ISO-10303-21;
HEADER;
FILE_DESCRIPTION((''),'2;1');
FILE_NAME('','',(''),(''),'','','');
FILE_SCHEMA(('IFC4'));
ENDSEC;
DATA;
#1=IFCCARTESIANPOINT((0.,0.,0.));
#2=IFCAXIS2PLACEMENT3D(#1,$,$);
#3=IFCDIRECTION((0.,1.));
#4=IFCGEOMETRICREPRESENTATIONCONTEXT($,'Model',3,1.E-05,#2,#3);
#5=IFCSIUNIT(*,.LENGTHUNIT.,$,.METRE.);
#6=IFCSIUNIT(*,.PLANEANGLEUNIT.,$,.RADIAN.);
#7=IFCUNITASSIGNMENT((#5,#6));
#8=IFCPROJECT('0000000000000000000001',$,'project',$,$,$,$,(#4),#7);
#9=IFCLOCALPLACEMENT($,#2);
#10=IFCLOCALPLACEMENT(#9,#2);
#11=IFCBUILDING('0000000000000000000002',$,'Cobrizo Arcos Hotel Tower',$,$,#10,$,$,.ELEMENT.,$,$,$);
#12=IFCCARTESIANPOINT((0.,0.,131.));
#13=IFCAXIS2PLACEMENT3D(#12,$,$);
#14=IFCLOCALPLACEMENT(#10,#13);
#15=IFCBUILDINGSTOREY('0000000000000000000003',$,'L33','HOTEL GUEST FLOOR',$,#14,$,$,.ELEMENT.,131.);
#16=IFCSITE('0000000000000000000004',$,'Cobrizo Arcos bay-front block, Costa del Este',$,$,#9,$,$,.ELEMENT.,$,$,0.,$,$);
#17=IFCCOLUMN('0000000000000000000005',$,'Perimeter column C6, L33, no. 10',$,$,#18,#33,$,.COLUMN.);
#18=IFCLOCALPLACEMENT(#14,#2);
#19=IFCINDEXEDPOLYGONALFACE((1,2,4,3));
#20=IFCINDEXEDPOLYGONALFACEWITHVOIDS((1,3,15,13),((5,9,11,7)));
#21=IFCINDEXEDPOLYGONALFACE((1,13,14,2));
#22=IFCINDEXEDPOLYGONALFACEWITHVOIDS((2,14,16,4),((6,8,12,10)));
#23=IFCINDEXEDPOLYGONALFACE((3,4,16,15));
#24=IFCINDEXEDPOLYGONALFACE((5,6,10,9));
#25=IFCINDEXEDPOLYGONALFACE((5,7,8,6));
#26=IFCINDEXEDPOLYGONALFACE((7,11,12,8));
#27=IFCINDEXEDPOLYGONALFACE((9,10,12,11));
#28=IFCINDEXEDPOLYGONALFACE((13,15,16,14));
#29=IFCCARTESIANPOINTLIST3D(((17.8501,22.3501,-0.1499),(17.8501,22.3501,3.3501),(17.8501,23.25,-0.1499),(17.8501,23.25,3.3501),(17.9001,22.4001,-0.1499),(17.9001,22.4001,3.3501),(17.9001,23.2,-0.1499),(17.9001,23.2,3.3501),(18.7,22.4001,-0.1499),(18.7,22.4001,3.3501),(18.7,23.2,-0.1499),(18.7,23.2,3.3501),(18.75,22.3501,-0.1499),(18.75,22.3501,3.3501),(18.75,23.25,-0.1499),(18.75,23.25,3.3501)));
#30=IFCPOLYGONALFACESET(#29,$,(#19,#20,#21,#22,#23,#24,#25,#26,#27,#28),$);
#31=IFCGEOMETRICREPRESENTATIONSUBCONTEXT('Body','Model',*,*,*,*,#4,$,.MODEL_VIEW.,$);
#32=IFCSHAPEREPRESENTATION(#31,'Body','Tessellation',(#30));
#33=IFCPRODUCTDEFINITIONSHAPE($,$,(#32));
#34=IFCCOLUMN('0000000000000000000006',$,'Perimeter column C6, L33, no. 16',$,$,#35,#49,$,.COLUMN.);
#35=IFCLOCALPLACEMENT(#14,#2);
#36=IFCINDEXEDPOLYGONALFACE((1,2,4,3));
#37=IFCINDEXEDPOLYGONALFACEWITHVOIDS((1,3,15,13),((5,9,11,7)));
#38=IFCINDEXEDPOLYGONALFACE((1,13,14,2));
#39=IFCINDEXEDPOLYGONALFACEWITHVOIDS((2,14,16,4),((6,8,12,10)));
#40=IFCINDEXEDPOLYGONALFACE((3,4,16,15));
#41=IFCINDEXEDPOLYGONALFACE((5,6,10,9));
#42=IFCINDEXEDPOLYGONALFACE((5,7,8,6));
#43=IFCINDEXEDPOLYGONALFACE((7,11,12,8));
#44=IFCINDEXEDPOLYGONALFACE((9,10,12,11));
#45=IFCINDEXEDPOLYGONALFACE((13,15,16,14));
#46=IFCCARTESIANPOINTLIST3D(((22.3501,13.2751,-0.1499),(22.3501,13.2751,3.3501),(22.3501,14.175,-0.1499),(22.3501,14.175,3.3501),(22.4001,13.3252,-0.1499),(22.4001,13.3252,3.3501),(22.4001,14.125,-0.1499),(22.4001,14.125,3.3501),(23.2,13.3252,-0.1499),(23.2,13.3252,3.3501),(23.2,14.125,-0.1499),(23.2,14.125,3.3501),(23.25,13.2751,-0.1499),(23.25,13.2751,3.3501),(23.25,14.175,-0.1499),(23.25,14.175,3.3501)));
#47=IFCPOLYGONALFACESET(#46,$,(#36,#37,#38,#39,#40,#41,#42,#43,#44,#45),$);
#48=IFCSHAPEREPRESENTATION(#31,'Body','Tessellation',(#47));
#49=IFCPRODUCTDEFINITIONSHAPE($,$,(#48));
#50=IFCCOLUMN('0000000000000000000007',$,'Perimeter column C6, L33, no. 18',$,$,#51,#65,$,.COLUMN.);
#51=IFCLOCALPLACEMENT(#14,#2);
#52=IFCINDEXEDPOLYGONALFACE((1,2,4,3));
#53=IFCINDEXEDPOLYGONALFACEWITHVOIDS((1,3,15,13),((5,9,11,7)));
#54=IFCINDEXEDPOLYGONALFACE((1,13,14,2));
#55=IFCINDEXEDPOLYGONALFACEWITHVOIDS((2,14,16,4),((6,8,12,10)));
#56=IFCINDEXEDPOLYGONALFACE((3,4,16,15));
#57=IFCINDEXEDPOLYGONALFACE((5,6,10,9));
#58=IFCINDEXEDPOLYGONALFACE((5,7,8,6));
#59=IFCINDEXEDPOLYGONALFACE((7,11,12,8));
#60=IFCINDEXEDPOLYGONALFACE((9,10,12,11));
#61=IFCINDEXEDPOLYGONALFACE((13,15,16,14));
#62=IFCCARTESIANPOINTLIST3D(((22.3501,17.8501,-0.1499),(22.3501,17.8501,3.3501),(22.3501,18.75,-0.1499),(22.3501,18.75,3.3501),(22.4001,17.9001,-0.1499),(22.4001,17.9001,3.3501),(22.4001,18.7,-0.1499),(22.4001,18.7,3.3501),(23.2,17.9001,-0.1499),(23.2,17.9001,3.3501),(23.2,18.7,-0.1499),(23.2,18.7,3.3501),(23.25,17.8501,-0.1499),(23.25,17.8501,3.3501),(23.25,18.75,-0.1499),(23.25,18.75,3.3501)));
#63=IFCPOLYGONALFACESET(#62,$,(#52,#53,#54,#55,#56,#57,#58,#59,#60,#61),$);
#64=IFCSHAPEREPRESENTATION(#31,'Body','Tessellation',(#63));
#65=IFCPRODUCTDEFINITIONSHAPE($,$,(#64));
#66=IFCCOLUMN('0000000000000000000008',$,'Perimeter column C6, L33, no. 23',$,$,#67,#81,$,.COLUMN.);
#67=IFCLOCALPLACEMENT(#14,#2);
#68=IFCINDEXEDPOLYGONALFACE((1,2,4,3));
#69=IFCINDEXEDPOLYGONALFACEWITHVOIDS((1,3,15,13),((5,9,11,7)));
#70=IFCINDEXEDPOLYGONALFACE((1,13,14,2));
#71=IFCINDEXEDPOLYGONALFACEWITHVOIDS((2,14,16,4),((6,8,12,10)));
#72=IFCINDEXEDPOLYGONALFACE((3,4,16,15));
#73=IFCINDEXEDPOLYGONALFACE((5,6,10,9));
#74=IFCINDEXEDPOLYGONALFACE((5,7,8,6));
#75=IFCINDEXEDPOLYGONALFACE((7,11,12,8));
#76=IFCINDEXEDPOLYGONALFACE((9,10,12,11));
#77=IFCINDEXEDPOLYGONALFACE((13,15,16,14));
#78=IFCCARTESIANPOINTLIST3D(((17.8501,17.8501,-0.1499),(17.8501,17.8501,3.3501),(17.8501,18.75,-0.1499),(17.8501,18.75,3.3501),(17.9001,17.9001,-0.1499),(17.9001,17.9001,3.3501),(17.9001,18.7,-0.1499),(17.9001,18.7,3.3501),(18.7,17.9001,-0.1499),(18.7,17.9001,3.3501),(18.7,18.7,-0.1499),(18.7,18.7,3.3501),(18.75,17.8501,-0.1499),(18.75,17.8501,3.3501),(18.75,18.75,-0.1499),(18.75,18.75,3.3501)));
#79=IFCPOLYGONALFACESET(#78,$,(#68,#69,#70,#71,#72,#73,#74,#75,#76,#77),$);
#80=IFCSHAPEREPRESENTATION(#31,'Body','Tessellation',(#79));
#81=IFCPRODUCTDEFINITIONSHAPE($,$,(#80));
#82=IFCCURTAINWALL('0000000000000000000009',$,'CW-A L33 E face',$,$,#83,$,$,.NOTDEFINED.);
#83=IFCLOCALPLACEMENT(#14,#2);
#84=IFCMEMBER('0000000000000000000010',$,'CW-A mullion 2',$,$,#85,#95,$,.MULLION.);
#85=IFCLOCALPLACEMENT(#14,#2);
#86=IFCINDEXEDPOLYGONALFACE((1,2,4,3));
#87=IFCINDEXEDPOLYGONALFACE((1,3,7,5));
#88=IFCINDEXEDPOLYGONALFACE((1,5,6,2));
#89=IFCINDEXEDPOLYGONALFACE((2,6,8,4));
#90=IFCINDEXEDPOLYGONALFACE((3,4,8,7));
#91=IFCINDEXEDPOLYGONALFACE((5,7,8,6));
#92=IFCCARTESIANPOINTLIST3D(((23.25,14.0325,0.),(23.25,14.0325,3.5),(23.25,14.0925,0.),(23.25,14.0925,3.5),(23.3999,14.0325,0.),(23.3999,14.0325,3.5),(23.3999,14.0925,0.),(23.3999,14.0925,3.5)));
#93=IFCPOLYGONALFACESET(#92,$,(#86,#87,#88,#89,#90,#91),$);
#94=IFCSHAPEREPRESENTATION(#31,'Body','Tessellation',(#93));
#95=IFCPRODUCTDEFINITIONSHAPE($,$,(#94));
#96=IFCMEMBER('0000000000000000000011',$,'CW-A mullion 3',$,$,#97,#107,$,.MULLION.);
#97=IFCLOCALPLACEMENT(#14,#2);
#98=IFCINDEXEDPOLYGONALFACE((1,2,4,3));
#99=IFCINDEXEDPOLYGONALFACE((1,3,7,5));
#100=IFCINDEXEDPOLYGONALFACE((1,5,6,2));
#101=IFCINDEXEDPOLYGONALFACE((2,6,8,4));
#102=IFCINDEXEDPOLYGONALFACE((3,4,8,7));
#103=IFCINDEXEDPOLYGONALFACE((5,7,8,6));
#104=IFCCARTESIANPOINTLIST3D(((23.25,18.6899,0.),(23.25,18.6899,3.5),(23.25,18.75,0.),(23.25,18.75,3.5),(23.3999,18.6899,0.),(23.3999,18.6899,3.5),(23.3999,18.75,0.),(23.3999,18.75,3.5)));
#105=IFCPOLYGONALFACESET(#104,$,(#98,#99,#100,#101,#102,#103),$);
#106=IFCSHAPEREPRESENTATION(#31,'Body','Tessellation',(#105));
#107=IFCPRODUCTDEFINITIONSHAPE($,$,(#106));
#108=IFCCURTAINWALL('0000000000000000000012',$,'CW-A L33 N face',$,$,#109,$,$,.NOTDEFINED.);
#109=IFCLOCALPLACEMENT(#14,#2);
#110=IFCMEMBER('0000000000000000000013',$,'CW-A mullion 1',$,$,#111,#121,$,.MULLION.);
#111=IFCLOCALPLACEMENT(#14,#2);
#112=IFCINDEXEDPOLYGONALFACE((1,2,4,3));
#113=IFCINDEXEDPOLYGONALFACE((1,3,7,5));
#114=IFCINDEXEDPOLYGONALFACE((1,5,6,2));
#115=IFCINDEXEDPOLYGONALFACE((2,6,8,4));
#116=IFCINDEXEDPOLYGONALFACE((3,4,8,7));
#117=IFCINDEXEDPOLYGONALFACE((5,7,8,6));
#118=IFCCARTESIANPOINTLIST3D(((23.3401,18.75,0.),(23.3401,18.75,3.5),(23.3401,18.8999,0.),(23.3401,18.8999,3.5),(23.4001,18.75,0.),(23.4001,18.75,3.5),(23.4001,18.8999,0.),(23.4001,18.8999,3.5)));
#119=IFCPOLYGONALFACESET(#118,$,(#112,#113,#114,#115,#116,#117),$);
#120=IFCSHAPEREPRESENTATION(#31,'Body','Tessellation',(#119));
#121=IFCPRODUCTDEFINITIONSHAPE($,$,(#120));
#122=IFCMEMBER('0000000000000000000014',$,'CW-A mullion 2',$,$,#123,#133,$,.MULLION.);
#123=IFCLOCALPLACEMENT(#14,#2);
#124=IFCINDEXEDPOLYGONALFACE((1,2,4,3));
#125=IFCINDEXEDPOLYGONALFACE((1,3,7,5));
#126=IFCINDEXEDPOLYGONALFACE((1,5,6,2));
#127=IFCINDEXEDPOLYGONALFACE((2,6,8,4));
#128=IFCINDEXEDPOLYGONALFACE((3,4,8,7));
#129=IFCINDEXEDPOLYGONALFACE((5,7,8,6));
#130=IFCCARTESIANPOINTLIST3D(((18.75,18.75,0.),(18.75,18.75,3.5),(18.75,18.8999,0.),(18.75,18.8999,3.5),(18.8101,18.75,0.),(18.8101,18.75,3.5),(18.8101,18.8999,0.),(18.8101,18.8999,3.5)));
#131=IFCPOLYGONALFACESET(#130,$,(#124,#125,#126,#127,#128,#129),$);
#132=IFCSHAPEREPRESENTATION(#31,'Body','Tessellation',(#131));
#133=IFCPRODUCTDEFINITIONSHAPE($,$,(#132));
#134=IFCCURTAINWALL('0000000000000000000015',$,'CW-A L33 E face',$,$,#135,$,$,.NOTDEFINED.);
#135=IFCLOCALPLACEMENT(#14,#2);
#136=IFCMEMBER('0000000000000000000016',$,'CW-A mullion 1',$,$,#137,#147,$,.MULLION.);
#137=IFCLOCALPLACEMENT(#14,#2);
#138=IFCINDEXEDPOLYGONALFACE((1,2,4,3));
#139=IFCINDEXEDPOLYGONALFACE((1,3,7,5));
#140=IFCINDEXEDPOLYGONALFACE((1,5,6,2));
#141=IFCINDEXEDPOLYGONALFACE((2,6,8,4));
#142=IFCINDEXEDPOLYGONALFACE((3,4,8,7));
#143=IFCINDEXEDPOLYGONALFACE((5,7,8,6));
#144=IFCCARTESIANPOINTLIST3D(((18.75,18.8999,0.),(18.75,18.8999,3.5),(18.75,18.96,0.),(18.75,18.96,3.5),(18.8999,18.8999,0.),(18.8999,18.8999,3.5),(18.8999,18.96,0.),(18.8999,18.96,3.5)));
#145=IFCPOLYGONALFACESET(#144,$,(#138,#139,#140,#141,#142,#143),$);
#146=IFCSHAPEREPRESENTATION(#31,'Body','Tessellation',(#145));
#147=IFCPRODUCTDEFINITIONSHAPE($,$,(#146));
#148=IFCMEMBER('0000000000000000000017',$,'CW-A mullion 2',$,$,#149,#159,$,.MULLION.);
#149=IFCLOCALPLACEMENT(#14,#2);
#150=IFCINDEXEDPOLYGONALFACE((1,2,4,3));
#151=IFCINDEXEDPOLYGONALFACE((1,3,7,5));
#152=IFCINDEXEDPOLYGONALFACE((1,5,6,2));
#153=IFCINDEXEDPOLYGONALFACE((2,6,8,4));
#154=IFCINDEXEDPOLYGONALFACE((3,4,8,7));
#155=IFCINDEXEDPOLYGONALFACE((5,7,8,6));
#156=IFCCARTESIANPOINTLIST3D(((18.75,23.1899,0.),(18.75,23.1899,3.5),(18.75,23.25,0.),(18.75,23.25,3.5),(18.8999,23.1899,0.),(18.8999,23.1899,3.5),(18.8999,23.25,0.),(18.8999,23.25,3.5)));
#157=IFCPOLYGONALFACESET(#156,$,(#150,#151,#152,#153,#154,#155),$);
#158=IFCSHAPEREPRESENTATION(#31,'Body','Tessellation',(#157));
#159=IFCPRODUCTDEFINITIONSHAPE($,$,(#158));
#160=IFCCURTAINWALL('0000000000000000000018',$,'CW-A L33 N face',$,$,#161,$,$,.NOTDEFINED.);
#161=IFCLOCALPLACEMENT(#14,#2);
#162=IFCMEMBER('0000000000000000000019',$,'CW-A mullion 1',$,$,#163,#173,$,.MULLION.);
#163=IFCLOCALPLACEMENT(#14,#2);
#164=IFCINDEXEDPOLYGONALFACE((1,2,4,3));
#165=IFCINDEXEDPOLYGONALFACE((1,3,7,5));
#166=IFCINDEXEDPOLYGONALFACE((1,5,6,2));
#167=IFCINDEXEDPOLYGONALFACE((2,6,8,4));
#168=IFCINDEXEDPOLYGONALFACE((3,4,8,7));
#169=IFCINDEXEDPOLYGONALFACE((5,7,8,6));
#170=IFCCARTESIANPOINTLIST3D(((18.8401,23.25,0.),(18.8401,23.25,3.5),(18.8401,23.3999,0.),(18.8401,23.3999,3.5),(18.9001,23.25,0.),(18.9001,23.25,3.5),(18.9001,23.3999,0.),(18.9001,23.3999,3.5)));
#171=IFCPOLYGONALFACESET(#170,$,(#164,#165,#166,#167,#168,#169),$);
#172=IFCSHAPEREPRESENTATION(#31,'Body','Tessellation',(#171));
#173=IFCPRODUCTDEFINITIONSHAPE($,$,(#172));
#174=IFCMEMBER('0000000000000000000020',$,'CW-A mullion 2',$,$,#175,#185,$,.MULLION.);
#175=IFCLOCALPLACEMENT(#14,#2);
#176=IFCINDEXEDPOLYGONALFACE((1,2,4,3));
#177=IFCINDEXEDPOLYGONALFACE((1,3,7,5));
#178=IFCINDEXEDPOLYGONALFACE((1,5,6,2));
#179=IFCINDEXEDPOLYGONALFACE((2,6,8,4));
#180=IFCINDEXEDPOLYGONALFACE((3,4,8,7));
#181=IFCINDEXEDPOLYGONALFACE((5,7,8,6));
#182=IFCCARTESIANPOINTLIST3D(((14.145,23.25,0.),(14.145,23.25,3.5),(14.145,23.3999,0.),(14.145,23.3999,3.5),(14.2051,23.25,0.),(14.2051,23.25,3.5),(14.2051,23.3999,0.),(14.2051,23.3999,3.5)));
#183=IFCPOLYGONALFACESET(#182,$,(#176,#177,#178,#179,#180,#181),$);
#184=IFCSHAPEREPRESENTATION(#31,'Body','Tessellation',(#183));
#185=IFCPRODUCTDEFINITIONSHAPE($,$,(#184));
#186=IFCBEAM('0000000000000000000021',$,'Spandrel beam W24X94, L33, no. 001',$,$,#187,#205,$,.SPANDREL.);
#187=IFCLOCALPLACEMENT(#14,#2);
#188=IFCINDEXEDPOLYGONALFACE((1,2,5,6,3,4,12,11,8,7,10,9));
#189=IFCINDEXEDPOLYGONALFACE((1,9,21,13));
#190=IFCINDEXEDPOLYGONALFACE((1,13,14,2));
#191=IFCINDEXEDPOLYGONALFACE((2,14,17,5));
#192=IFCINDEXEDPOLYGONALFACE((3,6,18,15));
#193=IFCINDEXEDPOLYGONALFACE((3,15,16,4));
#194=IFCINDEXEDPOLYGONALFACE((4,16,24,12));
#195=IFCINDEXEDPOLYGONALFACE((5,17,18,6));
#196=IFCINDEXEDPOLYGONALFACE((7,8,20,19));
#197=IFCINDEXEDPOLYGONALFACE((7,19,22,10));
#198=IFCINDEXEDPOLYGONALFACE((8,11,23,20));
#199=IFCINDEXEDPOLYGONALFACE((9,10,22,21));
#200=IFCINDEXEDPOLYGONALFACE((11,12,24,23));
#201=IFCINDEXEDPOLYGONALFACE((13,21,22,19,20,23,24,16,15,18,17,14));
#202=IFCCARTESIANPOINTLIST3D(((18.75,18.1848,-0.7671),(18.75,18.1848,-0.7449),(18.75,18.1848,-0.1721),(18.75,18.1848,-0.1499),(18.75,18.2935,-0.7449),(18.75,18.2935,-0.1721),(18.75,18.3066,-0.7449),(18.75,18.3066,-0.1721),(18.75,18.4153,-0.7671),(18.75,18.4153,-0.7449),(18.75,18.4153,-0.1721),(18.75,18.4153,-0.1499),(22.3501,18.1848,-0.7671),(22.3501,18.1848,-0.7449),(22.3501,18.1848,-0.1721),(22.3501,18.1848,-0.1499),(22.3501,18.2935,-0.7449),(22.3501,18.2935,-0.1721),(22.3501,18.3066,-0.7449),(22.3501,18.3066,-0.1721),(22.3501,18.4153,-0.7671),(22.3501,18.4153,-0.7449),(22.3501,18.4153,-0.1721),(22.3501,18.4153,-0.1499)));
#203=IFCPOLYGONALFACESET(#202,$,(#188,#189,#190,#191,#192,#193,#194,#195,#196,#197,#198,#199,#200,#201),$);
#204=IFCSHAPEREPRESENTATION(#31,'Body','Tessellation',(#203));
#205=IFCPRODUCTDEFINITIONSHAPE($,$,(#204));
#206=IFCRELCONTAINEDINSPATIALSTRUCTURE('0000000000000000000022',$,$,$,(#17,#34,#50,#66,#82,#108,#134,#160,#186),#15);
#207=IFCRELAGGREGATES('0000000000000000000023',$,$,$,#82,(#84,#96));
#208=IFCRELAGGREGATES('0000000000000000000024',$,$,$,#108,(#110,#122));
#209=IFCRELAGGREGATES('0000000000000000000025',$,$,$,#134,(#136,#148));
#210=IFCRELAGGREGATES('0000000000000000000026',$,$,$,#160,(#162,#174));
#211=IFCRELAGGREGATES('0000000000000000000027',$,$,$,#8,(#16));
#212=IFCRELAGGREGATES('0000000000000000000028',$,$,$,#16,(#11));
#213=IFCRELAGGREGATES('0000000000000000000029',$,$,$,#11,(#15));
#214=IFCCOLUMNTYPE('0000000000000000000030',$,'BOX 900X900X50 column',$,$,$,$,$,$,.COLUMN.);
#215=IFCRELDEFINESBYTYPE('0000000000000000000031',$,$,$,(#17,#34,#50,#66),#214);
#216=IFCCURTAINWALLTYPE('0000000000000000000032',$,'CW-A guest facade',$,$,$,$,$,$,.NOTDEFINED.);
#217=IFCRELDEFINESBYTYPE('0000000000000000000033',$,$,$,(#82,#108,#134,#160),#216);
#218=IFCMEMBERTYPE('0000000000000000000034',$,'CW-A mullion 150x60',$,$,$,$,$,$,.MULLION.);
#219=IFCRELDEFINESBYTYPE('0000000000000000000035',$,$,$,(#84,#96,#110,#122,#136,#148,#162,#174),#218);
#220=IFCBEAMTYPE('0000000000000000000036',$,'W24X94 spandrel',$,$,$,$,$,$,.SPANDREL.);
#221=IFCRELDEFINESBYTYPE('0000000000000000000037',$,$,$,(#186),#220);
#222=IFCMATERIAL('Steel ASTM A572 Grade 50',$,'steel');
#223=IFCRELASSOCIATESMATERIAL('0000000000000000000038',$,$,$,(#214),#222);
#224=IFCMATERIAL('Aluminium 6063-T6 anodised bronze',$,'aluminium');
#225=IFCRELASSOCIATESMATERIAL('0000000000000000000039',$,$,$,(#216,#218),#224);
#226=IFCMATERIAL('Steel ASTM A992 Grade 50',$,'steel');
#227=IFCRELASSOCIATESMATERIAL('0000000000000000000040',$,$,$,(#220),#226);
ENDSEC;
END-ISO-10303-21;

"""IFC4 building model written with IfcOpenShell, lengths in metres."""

from ifc_helpers import new_model, si_unit, direction, frame, origin, origin_2d, place, context, subcontext, project, spatial, rectangle, hollow_rectangle, i_section, extrude, material, material_profile, profile_set, type_object, element, aggregate, save


model = new_model("IFC4")

# Units and contexts
model_context = context("Model", 3, precision=1e-05, world=origin(), true_north=direction((0.0, 1.0)))
body_context = subcontext(model_context, "Body", "Model", "MODEL_VIEW")
ifc_project = project(units=[si_unit("LENGTHUNIT", "METRE"), si_unit("PLANEANGLEUNIT", "RADIAN")], contexts=[model_context])

# Site, building, storey
site_placement = place(None, origin())
site = spatial("IfcSite", under=ifc_project, at=site_placement, Name="Cobrizo Arcos bay-front block, Costa del Este", CompositionType="ELEMENT", RefElevation=0.0)
building_placement = place(site_placement, origin())
building = spatial("IfcBuilding", under=site, at=building_placement, Name="Cobrizo Arcos Hotel Tower", CompositionType="ELEMENT")
storey_placement = place(building_placement, frame((0.0, 0.0, 131.0)))
storey = spatial("IfcBuildingStorey", under=building, at=storey_placement, Name="L33", Description="HOTEL GUEST FLOOR", CompositionType="ELEMENT", Elevation=131.0)

# Columns
ifc_material_1 = material(Name="Steel ASTM A572 Grade 50", Category="steel")
ifc_material_profile_1 = material_profile(ifc_material_1, hollow_rectangle(XDim=0.8999, YDim=0.8999, WallThickness=0.05, at=origin_2d()), Name="BOX 900X900X50")
ifc_profile_set_1 = profile_set([ifc_material_profile_1], Name="Steel ASTM A572 Grade 50")
column_type = type_object("IfcColumnType", Name="BOX 900X900X50 column", PredefinedType="COLUMN", material=ifc_profile_set_1)
for number, where, z_axis, x_axis, name in (
    (1, (18.3, 22.8, -0.1499), (0.0, 0.0, 1.0), (1.0, 0.0, 0.0), "Perimeter column C6, L33, no. 10"),
    (2, (22.8, 13.7251, -0.1499), (0.0, 0.0, 1.0), (1.0, 0.0, 0.0), "Perimeter column C6, L33, no. 16"),
    (3, (22.8, 18.3, -0.1499), (0.0, 0.0, 1.0), (1.0, 0.0, 0.0), "Perimeter column C6, L33, no. 18"),
    (4, (18.3, 18.3, -0.1499), (0.0, 0.0, 1.0), (1.0, 0.0, 0.0), "Perimeter column C6, L33, no. 23"),
):
    element("IfcColumn", number, at=place(storey_placement, frame(where, z_axis=z_axis, x_axis=x_axis)), inside=storey, type_object=column_type, Name=name, PredefinedType="COLUMN", context=body_context, shape_type="SweptSolid", body=[
        extrude(hollow_rectangle(XDim=0.8999, YDim=0.8999, WallThickness=0.05, at=origin_2d()), origin(), (0.0, 0.0, 1.0), 3.5),
    ])

# Curtain walls, members
ifc_material_2 = material(Name="Aluminium 6063-T6 anodised bronze", Category="aluminium")
curtain_wall_type = type_object("IfcCurtainWallType", Name="CW-A guest facade", PredefinedType="NOTDEFINED", material=ifc_material_2)
curtain_wall_1_placement = place(storey_placement, origin())
curtain_wall_1 = element("IfcCurtainWall", 5, at=curtain_wall_1_placement, inside=storey, type_object=curtain_wall_type, Name="CW-A L33 E face", PredefinedType="NOTDEFINED")
ifc_material_profile_2 = material_profile(ifc_material_2, rectangle(XDim=0.1499, YDim=0.0601, at=origin_2d()), Name="CW-A mullion 150x60")
ifc_profile_set_2 = profile_set([ifc_material_profile_2], Name="Aluminium 6063-T6 anodised bronze")
member_type = type_object("IfcMemberType", Name="CW-A mullion 150x60", PredefinedType="MULLION", material=ifc_profile_set_2)
member_1_placement = place(storey_placement, frame((23.325, 14.0625, 0.0), z_axis=(0.0, 0.0, 1.0), x_axis=(1.0, 0.0, 0.0)))
member_1 = element("IfcMember", 6, at=member_1_placement, type_object=member_type, Name="CW-A mullion 2", PredefinedType="MULLION", context=body_context, shape_type="SweptSolid", body=[
    extrude(rectangle(XDim=0.1499, YDim=0.0601, at=origin_2d()), origin(), (0.0, 0.0, 1.0), 3.5),
])
member_2_placement = place(storey_placement, frame((23.325, 18.72, 0.0), z_axis=(0.0, 0.0, 1.0), x_axis=(1.0, 0.0, 0.0)))
member_2 = element("IfcMember", 7, at=member_2_placement, type_object=member_type, Name="CW-A mullion 3", PredefinedType="MULLION", context=body_context, shape_type="SweptSolid", body=[
    extrude(rectangle(XDim=0.1499, YDim=0.0601, at=origin_2d()), origin(), (0.0, 0.0, 1.0), 3.5),
])
curtain_wall_2_placement = place(storey_placement, origin())
curtain_wall_2 = element("IfcCurtainWall", 8, at=curtain_wall_2_placement, inside=storey, type_object=curtain_wall_type, Name="CW-A L33 N face", PredefinedType="NOTDEFINED")
member_3_placement = place(storey_placement, frame((23.3701, 18.825, 0.0), z_axis=(0.0, 0.0, 1.0), x_axis=(0.0, 1.0, 0.0)))
member_3 = element("IfcMember", 9, at=member_3_placement, type_object=member_type, Name="CW-A mullion 1", PredefinedType="MULLION", context=body_context, shape_type="SweptSolid", body=[
    extrude(rectangle(XDim=0.1499, YDim=0.0601, at=origin_2d()), origin(), (0.0, 0.0, 1.0), 3.5),
])
member_4_placement = place(storey_placement, frame((18.78, 18.825, 0.0), z_axis=(0.0, 0.0, 1.0), x_axis=(0.0, 1.0, 0.0)))
member_4 = element("IfcMember", 10, at=member_4_placement, type_object=member_type, Name="CW-A mullion 2", PredefinedType="MULLION", context=body_context, shape_type="SweptSolid", body=[
    extrude(rectangle(XDim=0.1499, YDim=0.0601, at=origin_2d()), origin(), (0.0, 0.0, 1.0), 3.5),
])
curtain_wall_3_placement = place(storey_placement, origin())
curtain_wall_3 = element("IfcCurtainWall", 11, at=curtain_wall_3_placement, inside=storey, type_object=curtain_wall_type, Name="CW-A L33 E face", PredefinedType="NOTDEFINED")
member_5_placement = place(storey_placement, frame((18.825, 18.9299, 0.0), z_axis=(0.0, 0.0, 1.0), x_axis=(1.0, 0.0, 0.0)))
member_5 = element("IfcMember", 12, at=member_5_placement, type_object=member_type, Name="CW-A mullion 1", PredefinedType="MULLION", context=body_context, shape_type="SweptSolid", body=[
    extrude(rectangle(XDim=0.1499, YDim=0.0601, at=origin_2d()), origin(), (0.0, 0.0, 1.0), 3.5),
])
member_6_placement = place(storey_placement, frame((18.825, 23.22, 0.0), z_axis=(0.0, 0.0, 1.0), x_axis=(1.0, 0.0, 0.0)))
member_6 = element("IfcMember", 13, at=member_6_placement, type_object=member_type, Name="CW-A mullion 2", PredefinedType="MULLION", context=body_context, shape_type="SweptSolid", body=[
    extrude(rectangle(XDim=0.1499, YDim=0.0601, at=origin_2d()), origin(), (0.0, 0.0, 1.0), 3.5),
])
curtain_wall_4_placement = place(storey_placement, origin())
curtain_wall_4 = element("IfcCurtainWall", 14, at=curtain_wall_4_placement, inside=storey, type_object=curtain_wall_type, Name="CW-A L33 N face", PredefinedType="NOTDEFINED")
member_7_placement = place(storey_placement, frame((18.8701, 23.325, 0.0), z_axis=(0.0, 0.0, 1.0), x_axis=(0.0, 1.0, 0.0)))
member_7 = element("IfcMember", 15, at=member_7_placement, type_object=member_type, Name="CW-A mullion 1", PredefinedType="MULLION", context=body_context, shape_type="SweptSolid", body=[
    extrude(rectangle(XDim=0.1499, YDim=0.0601, at=origin_2d()), origin(), (0.0, 0.0, 1.0), 3.5),
])
member_8_placement = place(storey_placement, frame((14.175, 23.325, 0.0), z_axis=(0.0, 0.0, 1.0), x_axis=(0.0, 1.0, 0.0)))
member_8 = element("IfcMember", 16, at=member_8_placement, type_object=member_type, Name="CW-A mullion 2", PredefinedType="MULLION", context=body_context, shape_type="SweptSolid", body=[
    extrude(rectangle(XDim=0.1499, YDim=0.0601, at=origin_2d()), origin(), (0.0, 0.0, 1.0), 3.5),
])

# Beam
ifc_material_3 = material(Name="Steel ASTM A992 Grade 50", Category="steel")
ifc_material_profile_3 = material_profile(ifc_material_3, i_section(OverallWidth=0.2305, OverallDepth=0.6172, WebThickness=0.0132, FlangeThickness=0.0222, at=origin_2d()), Name="W24X94")
ifc_profile_set_3 = profile_set([ifc_material_profile_3], Name="Steel ASTM A992 Grade 50")
beam_type = type_object("IfcBeamType", Name="W24X94 spandrel", PredefinedType="SPANDREL", material=ifc_profile_set_3)
beam_1_placement = place(storey_placement, frame((18.75, 18.3, -0.4585), z_axis=(1.0, 0.0, 0.0), x_axis=(0.0, 1.0, 0.0)))
element("IfcBeam", 17, at=beam_1_placement, inside=storey, type_object=beam_type, Name="Spandrel beam W24X94, L33, no. 001", PredefinedType="SPANDREL", context=body_context, shape_type="SweptSolid", body=[
    extrude(i_section(OverallWidth=0.2305, OverallDepth=0.6172, WebThickness=0.0132, FlangeThickness=0.0222, at=origin_2d()), origin(), (0.0, 0.0, 1.0), 3.6001),
])

aggregate(curtain_wall_1, [member_1, member_2])
aggregate(curtain_wall_2, [member_3, member_4])
aggregate(curtain_wall_3, [member_5, member_6])
aggregate(curtain_wall_4, [member_7, member_8])

save(model, "model.ifc")
